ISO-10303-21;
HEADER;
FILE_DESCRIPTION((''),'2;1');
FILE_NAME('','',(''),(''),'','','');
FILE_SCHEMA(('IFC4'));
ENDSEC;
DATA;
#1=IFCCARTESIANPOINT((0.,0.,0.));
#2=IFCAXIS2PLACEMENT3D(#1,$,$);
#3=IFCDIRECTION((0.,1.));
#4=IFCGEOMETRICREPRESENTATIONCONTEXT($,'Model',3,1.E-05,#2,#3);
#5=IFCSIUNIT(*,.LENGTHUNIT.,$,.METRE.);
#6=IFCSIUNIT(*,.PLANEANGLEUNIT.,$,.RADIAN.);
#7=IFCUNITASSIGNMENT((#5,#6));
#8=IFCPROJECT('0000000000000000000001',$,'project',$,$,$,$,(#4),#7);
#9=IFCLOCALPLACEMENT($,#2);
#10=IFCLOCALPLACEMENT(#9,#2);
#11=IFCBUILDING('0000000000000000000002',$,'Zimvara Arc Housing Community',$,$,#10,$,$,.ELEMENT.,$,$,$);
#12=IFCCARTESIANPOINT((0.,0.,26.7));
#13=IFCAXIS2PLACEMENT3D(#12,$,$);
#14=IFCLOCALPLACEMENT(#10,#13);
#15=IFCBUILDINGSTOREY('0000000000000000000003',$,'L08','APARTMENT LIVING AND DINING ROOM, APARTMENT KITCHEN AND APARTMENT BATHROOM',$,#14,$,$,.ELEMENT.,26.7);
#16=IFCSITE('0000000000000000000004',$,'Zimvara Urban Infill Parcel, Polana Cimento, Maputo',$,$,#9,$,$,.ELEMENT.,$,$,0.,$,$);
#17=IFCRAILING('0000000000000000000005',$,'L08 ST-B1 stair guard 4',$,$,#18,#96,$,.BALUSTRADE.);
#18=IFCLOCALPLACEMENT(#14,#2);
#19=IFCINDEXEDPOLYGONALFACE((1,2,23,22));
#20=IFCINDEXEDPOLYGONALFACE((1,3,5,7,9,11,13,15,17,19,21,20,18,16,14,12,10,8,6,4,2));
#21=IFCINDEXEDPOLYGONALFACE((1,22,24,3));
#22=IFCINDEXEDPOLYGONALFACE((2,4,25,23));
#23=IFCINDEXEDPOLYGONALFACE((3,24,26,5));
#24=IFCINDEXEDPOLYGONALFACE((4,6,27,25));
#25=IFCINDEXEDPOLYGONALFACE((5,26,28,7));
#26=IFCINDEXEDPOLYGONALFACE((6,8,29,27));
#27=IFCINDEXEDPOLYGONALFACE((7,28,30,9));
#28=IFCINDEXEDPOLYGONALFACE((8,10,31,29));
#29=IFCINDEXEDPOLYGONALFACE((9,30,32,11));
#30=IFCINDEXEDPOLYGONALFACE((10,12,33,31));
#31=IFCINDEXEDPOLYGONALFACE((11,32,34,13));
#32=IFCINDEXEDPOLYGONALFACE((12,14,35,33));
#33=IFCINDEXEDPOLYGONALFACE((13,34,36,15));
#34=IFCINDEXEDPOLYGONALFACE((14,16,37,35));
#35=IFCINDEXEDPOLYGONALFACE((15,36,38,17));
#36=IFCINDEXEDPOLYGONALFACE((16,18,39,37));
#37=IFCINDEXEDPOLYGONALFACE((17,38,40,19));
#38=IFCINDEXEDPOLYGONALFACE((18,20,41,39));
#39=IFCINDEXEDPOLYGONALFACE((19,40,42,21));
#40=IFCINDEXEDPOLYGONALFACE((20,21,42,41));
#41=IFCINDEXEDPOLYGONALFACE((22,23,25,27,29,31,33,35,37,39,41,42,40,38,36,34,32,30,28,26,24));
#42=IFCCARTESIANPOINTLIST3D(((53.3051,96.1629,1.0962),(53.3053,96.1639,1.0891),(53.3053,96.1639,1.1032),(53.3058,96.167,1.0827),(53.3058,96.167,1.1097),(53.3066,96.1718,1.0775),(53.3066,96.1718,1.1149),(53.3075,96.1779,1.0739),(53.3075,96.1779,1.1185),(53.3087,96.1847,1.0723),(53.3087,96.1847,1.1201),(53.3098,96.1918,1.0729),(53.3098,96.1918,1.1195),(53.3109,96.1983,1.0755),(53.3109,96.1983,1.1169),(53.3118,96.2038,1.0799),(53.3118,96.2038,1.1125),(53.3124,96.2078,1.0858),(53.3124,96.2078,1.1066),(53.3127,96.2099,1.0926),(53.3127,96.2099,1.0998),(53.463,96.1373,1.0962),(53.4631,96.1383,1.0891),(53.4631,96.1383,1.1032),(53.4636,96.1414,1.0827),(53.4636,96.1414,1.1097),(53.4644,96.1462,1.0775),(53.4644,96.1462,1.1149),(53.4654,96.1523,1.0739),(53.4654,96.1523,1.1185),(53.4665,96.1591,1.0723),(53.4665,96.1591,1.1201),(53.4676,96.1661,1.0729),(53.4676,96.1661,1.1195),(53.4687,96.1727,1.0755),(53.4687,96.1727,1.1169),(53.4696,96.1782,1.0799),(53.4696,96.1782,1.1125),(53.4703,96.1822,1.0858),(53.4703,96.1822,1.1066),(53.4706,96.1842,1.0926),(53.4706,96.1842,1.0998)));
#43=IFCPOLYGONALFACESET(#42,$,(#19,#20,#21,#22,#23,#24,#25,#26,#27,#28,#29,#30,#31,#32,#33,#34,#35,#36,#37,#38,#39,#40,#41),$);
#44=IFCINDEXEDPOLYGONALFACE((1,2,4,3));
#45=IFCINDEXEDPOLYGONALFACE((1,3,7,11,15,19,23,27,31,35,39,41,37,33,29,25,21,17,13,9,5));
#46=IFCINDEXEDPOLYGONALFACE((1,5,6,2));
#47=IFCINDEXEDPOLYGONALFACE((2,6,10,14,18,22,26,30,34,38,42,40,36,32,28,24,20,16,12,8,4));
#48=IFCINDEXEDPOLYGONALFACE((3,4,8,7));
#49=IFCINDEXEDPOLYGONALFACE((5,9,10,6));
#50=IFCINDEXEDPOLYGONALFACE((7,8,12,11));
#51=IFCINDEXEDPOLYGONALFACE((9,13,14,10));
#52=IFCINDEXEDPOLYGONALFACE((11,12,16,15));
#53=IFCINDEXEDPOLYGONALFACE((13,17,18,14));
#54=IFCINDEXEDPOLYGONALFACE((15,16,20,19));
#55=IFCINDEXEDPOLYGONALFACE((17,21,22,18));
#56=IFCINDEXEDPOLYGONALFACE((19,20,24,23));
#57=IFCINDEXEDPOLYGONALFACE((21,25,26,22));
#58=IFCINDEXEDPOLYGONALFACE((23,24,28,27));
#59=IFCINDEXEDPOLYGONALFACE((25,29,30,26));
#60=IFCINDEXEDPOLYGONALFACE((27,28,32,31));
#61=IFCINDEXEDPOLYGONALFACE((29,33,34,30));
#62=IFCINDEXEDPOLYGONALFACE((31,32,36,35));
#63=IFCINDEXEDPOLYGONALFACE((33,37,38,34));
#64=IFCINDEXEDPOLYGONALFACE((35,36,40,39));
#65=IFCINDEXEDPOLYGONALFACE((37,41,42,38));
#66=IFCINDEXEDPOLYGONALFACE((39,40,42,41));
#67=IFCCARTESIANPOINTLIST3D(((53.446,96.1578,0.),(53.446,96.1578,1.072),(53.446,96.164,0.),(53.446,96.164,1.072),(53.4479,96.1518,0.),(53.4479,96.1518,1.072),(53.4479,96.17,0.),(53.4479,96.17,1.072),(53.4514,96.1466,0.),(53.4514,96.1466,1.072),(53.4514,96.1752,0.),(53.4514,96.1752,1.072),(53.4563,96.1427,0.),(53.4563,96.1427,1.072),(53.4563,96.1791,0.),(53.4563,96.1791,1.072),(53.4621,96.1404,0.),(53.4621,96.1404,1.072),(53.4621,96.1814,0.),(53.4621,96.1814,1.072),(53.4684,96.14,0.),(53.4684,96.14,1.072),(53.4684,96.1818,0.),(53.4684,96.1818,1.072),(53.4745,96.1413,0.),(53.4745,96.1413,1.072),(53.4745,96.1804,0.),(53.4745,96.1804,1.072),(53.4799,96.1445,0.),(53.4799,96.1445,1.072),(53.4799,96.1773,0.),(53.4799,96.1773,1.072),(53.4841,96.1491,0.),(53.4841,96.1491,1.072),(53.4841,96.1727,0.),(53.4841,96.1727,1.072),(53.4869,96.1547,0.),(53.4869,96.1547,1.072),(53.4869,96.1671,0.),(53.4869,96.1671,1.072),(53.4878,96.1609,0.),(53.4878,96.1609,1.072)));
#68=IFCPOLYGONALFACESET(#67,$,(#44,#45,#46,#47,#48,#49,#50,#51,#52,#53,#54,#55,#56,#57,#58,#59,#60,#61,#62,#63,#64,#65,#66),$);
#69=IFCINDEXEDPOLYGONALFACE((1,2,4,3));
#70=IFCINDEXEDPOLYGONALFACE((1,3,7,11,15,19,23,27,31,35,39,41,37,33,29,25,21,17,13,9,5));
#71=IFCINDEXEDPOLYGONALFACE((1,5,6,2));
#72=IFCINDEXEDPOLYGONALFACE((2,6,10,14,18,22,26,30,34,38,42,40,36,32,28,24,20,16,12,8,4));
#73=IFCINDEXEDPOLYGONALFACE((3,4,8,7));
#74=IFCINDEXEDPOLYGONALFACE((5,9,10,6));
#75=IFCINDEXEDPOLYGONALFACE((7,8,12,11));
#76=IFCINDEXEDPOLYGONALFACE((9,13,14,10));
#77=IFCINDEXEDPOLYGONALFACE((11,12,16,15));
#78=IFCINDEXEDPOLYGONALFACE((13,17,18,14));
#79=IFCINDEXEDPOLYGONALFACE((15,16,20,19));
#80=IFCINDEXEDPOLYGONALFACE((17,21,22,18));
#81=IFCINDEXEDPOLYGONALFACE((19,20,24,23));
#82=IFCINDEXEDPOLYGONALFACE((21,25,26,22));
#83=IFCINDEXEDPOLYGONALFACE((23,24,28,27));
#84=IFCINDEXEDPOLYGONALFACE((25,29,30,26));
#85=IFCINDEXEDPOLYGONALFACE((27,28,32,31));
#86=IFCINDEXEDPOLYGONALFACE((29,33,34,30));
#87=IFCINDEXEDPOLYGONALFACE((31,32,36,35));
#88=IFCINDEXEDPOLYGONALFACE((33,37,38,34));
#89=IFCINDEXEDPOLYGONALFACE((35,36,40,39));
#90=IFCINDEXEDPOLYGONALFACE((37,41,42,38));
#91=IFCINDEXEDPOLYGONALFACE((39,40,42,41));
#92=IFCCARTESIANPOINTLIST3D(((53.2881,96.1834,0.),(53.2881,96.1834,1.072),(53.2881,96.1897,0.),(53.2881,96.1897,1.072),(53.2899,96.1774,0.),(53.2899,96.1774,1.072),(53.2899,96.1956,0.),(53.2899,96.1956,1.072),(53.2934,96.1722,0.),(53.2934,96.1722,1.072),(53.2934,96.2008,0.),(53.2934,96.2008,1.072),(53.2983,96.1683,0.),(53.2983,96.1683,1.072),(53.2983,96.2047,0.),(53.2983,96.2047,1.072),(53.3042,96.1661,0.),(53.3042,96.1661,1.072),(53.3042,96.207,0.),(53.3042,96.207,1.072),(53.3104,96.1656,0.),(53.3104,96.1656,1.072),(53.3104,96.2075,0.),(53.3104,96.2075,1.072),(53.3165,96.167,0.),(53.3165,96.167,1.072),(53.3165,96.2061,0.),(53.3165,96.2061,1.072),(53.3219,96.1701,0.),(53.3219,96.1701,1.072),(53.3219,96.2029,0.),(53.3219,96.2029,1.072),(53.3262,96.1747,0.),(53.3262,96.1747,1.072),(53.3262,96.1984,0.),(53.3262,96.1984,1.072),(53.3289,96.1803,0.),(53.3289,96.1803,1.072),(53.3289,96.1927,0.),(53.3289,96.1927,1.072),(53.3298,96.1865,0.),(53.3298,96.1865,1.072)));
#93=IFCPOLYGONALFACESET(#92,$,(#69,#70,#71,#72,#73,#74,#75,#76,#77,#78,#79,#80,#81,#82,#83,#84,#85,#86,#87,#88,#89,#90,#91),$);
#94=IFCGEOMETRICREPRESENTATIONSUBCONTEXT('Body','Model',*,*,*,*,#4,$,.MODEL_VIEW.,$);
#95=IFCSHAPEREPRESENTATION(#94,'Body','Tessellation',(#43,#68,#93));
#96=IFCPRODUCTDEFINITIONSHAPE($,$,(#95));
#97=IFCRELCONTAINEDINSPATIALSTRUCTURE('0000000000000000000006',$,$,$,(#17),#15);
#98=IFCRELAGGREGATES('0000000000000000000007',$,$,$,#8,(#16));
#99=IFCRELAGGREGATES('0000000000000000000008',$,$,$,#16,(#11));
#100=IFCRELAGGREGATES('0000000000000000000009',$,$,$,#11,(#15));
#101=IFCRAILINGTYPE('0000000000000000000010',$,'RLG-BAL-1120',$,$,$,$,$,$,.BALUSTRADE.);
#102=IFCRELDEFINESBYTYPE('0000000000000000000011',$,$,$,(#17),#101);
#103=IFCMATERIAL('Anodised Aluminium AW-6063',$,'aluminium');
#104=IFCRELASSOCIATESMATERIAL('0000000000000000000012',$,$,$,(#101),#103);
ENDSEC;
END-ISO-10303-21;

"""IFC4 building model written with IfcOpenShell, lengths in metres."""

from ifc_helpers import new_model, si_unit, direction, frame, origin, origin_2d, place, context, subcontext, project, spatial, circle, extrude, material, type_object, element, save


model = new_model("IFC4")

# Units and contexts
model_context = context("Model", 3, precision=1e-05, world=origin(), true_north=direction((0.0, 1.0)))
body_context = subcontext(model_context, "Body", "Model", "MODEL_VIEW")
ifc_project = project(units=[si_unit("LENGTHUNIT", "METRE"), si_unit("PLANEANGLEUNIT", "RADIAN")], contexts=[model_context])

# Site, building, storey
site_placement = place(None, origin())
site = spatial("IfcSite", under=ifc_project, at=site_placement, Name="Zimvara Urban Infill Parcel, Polana Cimento, Maputo", CompositionType="ELEMENT", RefElevation=0.0)
building_placement = place(site_placement, origin())
building = spatial("IfcBuilding", under=site, at=building_placement, Name="Zimvara Arc Housing Community", CompositionType="ELEMENT")
storey_placement = place(building_placement, frame((0.0, 0.0, 26.7)))
storey = spatial("IfcBuildingStorey", under=building, at=storey_placement, Name="L08", Description="APARTMENT LIVING AND DINING ROOM, APARTMENT KITCHEN AND APARTMENT BATHROOM", CompositionType="ELEMENT", Elevation=26.7)

# Railing
ifc_material_1 = material(Name="Anodised Aluminium AW-6063", Category="aluminium")
railing_type_1 = type_object("IfcRailingType", Name="RLG-BAL-1120", PredefinedType="BALUSTRADE", material=ifc_material_1)
railing_1_placement = place(storey_placement, frame((53.4668, 96.1609, 0.0)))
element("IfcRailing", 1, at=railing_1_placement, inside=storey, type_object=railing_type_1, Name="L08 ST-B1 stair guard 4", PredefinedType="BALUSTRADE", context=body_context, shape_type="SweptSolid", body=[
    extrude(circle(Radius=0.0239, at=origin_2d()), frame((0.0, 0.0, 1.0962), z_axis=(-0.987086, 0.160192, 0.0), x_axis=(-0.160192, -0.987086, 0.0)), (0.0, 0.0, 1.0), 0.1599),
    extrude(circle(Radius=0.021, at=origin_2d()), origin(), (0.0, 0.0, 1.0), 1.072),
    extrude(circle(Radius=0.021, at=origin_2d()), frame((-0.158, 0.0256, 0.0)), (0.0, 0.0, 1.0), 1.072),
])

save(model, "model.ifc")
